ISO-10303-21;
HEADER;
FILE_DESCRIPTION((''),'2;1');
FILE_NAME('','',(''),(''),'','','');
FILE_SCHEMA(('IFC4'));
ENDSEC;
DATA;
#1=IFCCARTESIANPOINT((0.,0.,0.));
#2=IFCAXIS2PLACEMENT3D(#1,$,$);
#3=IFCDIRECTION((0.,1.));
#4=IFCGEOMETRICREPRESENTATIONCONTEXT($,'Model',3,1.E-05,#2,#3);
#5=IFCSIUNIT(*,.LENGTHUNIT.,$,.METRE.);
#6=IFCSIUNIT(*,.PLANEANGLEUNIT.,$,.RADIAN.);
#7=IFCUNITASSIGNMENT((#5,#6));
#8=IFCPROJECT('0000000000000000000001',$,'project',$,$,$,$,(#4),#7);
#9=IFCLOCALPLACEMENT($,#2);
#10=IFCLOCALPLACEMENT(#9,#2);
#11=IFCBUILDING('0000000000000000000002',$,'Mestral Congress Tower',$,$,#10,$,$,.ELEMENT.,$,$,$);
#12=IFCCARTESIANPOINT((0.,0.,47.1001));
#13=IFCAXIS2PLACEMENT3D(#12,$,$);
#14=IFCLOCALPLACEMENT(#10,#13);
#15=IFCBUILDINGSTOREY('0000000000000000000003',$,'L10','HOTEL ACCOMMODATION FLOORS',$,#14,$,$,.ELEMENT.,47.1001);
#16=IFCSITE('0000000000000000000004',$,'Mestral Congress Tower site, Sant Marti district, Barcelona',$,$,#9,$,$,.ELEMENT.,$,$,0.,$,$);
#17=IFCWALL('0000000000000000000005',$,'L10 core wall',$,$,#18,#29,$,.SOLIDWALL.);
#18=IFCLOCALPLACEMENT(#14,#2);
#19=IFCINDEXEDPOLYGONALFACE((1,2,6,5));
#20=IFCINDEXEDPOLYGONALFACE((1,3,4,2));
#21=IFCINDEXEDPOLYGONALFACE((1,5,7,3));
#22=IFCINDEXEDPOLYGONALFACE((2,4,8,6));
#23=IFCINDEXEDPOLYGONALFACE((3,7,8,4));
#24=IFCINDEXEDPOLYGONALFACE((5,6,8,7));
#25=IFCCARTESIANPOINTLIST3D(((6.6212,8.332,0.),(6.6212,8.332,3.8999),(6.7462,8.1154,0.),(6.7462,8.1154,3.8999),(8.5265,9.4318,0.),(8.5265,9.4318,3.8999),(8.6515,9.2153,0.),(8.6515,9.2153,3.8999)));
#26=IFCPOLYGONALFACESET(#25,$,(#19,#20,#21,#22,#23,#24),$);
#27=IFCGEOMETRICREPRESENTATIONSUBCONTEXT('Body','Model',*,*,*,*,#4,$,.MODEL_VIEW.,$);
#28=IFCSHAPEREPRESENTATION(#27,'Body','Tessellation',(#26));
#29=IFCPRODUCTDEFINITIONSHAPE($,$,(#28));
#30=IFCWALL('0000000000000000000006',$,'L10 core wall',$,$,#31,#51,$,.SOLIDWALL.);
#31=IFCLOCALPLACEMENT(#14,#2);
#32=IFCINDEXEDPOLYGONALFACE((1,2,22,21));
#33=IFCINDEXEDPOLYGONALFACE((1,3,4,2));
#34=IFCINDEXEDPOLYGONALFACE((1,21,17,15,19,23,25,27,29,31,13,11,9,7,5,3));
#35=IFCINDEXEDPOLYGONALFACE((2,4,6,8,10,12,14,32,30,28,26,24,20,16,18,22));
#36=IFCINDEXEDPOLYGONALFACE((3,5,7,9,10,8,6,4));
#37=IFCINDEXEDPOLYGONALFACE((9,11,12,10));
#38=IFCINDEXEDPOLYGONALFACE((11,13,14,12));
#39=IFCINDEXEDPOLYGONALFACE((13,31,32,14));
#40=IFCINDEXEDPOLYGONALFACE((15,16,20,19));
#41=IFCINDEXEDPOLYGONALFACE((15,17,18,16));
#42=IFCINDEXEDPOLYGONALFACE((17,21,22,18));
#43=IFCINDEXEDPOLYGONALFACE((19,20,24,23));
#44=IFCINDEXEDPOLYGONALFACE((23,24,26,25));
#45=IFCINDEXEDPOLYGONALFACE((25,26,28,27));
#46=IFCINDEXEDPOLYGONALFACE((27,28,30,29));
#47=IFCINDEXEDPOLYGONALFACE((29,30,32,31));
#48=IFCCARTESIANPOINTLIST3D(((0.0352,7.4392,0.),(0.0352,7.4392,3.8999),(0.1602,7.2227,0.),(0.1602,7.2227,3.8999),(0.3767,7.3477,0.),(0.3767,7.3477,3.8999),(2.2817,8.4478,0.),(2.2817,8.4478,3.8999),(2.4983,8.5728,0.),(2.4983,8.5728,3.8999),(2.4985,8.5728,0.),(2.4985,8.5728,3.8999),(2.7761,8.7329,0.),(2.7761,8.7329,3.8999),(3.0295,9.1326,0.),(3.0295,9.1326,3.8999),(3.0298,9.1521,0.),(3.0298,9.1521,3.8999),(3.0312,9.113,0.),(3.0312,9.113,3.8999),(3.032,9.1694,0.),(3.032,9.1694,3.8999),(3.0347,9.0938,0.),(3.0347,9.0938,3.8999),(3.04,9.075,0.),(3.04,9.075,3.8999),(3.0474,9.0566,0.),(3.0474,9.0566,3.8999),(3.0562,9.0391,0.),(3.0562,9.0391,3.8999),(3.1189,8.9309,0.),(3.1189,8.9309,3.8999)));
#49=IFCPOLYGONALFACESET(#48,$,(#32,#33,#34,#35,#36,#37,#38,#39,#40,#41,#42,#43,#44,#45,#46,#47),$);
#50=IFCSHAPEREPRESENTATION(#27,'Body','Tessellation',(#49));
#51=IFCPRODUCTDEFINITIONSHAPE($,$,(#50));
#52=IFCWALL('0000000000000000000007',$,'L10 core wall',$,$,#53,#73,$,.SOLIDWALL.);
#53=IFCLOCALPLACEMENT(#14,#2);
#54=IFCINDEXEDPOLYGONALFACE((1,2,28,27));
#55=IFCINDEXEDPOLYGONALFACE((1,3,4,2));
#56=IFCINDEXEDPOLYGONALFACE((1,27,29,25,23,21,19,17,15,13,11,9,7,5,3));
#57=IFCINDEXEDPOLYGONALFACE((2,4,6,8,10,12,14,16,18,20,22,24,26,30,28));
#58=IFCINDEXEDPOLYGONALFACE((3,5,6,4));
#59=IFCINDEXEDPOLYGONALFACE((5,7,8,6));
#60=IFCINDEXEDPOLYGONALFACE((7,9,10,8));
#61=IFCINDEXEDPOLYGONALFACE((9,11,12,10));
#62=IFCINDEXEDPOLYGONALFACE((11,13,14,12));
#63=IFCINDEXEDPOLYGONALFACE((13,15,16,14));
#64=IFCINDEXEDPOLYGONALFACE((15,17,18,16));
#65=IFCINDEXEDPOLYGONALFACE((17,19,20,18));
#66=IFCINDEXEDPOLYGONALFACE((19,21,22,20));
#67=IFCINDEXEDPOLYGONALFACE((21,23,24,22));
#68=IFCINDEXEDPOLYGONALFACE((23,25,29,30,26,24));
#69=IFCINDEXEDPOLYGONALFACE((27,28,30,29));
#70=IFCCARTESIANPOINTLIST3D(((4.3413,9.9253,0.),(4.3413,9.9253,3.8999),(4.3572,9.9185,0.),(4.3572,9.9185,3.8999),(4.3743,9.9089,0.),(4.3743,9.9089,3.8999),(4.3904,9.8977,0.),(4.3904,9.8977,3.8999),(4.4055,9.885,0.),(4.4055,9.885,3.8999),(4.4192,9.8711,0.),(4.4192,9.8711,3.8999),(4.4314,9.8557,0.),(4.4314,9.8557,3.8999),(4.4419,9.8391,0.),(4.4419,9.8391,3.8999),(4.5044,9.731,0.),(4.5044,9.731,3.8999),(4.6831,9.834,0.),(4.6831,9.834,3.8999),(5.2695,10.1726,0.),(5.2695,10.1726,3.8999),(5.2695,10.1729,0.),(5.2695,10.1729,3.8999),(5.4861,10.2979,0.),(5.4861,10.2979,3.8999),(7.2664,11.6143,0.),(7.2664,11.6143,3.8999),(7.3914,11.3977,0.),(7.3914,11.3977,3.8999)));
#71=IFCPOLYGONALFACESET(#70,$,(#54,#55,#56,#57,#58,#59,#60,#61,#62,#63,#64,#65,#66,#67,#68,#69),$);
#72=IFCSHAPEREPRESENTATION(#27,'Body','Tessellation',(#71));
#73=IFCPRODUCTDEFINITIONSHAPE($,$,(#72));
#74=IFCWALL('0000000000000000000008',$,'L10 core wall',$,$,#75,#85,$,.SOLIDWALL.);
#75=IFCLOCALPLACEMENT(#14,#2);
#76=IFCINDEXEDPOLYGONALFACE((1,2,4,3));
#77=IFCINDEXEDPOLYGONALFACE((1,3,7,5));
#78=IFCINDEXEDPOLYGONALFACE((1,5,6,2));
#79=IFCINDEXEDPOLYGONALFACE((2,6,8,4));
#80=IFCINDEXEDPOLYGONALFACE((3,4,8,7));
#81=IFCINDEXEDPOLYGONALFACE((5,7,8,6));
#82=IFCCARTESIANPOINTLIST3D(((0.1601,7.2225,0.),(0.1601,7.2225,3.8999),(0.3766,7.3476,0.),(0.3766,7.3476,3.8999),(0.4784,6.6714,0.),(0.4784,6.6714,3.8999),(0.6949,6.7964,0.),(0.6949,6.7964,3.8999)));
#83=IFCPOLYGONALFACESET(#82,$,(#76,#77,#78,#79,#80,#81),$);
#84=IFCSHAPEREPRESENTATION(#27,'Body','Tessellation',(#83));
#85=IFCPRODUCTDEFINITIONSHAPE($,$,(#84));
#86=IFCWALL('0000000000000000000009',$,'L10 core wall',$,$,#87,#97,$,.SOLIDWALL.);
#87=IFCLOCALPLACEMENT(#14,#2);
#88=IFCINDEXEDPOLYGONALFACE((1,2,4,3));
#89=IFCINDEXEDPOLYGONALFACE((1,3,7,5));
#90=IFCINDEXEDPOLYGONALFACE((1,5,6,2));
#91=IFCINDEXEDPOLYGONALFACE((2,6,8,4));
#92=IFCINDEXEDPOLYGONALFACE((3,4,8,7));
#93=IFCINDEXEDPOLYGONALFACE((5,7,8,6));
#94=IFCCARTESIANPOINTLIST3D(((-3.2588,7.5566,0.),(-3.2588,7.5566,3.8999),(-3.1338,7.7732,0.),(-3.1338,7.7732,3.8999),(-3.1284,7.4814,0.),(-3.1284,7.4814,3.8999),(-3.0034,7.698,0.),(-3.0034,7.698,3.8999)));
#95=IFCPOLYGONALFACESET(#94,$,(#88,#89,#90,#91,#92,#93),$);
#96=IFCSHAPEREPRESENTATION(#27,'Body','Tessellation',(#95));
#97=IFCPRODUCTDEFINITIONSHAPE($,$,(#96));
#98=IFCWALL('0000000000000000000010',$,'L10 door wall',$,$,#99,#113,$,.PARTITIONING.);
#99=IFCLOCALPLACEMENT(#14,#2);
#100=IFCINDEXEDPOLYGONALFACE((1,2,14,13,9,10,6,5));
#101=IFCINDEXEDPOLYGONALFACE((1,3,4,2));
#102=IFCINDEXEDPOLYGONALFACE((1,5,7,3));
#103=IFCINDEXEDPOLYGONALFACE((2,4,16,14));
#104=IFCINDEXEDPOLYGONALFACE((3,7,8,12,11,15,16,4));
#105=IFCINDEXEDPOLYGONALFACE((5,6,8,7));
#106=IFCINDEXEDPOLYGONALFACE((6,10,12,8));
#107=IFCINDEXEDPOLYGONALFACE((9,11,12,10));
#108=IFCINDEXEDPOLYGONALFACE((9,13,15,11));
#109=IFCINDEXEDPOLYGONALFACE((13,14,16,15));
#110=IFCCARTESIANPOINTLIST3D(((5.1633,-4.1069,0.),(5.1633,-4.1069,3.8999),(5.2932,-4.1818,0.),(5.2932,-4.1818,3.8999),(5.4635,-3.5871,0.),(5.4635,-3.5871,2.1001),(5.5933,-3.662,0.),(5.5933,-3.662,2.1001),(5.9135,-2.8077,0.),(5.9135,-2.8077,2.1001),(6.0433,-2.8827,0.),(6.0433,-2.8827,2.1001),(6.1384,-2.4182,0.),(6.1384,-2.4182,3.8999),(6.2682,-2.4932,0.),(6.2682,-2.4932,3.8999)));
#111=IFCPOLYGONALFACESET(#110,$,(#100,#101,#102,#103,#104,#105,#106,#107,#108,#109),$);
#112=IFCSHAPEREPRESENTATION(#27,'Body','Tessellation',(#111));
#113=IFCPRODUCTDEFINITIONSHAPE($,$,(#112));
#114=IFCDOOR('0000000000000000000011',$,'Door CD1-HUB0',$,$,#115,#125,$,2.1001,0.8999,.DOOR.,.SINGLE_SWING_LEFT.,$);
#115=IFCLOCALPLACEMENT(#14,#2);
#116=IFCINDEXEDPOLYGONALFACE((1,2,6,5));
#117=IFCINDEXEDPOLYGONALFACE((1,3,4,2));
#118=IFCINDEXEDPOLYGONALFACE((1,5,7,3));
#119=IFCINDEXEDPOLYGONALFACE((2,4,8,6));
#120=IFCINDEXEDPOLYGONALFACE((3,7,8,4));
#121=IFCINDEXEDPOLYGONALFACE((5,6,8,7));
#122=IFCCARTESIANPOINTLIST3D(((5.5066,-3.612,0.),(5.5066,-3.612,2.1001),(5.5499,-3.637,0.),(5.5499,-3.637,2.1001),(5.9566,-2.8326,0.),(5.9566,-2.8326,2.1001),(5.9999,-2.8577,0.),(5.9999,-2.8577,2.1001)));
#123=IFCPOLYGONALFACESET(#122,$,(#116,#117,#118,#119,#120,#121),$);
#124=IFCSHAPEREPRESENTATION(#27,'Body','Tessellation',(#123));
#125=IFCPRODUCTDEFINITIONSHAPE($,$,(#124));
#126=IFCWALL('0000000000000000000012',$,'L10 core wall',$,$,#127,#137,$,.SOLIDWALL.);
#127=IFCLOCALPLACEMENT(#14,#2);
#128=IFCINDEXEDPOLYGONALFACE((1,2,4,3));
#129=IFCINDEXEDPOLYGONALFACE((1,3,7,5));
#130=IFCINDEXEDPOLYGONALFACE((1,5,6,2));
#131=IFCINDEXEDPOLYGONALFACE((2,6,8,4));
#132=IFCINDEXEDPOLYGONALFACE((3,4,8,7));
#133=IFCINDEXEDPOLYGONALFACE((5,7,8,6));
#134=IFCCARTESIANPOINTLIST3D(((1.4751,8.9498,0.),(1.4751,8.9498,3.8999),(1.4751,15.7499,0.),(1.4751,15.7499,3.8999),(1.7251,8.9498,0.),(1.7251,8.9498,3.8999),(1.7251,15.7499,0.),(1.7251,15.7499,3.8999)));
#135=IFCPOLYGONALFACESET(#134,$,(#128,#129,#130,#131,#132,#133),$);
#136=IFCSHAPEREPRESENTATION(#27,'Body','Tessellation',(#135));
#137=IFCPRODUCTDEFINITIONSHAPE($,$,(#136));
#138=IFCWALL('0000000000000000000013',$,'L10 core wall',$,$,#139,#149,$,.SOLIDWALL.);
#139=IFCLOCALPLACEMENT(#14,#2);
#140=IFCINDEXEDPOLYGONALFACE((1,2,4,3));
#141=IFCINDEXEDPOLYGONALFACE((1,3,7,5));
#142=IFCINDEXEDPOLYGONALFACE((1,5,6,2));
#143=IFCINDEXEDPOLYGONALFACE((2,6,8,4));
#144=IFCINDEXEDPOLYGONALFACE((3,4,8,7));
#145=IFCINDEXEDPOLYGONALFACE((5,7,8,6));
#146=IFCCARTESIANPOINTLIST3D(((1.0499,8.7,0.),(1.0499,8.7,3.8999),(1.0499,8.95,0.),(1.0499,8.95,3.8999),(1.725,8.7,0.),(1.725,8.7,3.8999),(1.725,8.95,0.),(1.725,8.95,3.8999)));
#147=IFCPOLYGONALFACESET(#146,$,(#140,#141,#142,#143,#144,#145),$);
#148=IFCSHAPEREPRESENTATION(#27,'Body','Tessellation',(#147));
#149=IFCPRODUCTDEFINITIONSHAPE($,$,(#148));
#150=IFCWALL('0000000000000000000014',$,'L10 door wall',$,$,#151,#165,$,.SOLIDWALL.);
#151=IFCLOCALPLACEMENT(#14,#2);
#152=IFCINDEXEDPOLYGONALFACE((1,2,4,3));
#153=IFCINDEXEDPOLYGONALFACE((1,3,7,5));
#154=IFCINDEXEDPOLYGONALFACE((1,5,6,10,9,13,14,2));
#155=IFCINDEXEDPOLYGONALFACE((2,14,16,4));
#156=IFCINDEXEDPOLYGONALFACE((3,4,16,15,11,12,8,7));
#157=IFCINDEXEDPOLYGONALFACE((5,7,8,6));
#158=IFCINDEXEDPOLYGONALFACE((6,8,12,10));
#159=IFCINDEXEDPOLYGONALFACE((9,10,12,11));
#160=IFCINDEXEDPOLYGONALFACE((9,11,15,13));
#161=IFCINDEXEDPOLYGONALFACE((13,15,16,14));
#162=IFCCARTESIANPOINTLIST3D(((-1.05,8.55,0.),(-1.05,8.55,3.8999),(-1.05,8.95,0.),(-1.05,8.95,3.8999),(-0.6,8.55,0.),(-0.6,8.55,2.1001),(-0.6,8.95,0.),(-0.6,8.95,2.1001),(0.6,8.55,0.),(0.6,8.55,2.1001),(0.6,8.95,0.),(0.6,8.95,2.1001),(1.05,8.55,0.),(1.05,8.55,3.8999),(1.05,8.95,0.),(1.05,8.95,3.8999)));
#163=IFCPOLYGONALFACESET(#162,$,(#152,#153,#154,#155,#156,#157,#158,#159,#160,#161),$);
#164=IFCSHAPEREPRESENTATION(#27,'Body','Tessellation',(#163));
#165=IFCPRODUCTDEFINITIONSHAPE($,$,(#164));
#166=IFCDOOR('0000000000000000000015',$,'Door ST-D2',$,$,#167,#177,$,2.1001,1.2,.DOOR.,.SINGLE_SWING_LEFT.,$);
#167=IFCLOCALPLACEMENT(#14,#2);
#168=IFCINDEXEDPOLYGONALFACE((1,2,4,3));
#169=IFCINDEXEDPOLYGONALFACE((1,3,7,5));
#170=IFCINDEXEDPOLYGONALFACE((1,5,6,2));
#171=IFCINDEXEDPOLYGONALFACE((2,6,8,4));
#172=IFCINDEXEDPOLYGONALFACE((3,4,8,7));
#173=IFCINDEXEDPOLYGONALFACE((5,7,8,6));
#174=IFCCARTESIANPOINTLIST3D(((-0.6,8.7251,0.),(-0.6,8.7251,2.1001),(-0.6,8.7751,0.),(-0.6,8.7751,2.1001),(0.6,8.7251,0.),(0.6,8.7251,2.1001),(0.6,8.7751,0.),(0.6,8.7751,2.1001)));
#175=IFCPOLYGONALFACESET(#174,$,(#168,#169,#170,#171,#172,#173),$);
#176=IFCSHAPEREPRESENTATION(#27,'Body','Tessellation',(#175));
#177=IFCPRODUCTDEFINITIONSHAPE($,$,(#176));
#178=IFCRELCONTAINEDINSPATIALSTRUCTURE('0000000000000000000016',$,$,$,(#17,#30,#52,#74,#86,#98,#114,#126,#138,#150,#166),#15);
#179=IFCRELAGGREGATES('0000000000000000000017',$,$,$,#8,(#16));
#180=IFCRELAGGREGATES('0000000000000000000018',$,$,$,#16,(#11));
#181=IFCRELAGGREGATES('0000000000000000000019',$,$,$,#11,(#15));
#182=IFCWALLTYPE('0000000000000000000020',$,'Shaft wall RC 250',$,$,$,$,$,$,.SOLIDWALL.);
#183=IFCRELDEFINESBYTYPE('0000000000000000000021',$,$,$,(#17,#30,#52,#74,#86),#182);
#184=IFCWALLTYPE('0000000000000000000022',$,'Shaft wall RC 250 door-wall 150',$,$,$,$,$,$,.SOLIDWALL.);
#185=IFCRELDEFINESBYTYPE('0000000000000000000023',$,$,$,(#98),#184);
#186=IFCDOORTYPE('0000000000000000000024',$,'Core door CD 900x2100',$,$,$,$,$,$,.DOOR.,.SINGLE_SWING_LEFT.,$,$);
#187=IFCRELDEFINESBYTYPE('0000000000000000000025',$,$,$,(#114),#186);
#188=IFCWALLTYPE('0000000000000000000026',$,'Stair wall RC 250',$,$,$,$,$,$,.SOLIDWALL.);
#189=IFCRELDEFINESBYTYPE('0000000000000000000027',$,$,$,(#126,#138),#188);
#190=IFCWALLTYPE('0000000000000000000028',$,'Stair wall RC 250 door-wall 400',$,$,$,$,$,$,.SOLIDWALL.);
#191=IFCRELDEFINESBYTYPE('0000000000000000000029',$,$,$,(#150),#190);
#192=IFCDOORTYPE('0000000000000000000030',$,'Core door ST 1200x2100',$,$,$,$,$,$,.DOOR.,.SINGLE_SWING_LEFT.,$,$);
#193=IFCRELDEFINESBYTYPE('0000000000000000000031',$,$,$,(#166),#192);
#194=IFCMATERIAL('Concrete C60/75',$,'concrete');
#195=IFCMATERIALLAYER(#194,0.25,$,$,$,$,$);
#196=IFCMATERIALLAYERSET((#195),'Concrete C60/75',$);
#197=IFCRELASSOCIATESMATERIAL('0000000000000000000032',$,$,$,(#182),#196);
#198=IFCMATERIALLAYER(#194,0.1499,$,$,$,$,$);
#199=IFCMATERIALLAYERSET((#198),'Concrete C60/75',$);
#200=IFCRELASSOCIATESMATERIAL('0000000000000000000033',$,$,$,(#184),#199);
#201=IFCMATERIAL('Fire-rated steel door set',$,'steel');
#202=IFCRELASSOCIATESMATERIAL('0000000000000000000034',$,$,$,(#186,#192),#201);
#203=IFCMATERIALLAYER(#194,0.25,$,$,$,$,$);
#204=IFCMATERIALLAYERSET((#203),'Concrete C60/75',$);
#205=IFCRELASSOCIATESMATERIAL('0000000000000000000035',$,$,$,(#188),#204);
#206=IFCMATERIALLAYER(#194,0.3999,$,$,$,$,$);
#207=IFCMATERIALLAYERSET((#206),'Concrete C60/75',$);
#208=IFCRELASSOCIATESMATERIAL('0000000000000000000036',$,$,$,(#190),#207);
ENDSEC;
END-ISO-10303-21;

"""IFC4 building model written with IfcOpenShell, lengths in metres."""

from ifc_helpers import new_model, si_unit, direction, frame, frame_2d, origin, place, context, subcontext, project, spatial, polyline, rectangle, outline, extrude, material, layer, layer_set, type_object, element, fill, save


model = new_model("IFC4")

# Units and contexts
model_context = context("Model", 3, precision=1e-05, world=origin(), true_north=direction((0.0, 1.0)))
body_context = subcontext(model_context, "Body", "Model", "MODEL_VIEW")
ifc_project = project(units=[si_unit("LENGTHUNIT", "METRE"), si_unit("PLANEANGLEUNIT", "RADIAN")], contexts=[model_context])

# Site, building, storey
site_placement = place(None, origin())
site = spatial("IfcSite", under=ifc_project, at=site_placement, Name="Mestral Congress Tower site, Sant Marti district, Barcelona", CompositionType="ELEMENT", RefElevation=0.0)
building_placement = place(site_placement, origin())
building = spatial("IfcBuilding", under=site, at=building_placement, Name="Mestral Congress Tower", CompositionType="ELEMENT")
storey_placement = place(building_placement, frame((0.0, 0.0, 47.1001)))
storey = spatial("IfcBuildingStorey", under=building, at=storey_placement, Name="L10", Description="HOTEL ACCOMMODATION FLOORS", CompositionType="ELEMENT", Elevation=47.1001)

# Shared definitions
ifc_material_1 = material(Name="Fire-rated steel door set", Category="steel")

# Walls
ifc_material_2 = material(Name="Concrete C60/75", Category="concrete")
placement = place(storey_placement, origin())
ifc_layer_1 = layer(ifc_material_2, 0.25)
ifc_layer_set_1 = layer_set([ifc_layer_1], Name="Concrete C60/75")
wall_type_1 = type_object("IfcWallType", Name="Shaft wall RC 250", PredefinedType="SOLIDWALL", material=ifc_layer_set_1)
for number, where, z_axis, x_axis, name in (
    (1, (6.6836, 8.2236, 0.0), (0.0, 0.0, 1.0), (0.866056, 0.499947, 0.0), "L10 core wall"),
):
    element("IfcWall", number, at=place(storey_placement, frame(where, z_axis=z_axis, x_axis=x_axis)), inside=storey, type_object=wall_type_1, Name=name, PredefinedType="SOLIDWALL", context=body_context, shape_type="SweptSolid", body=[
        extrude(rectangle(XDim=2.2, YDim=0.25, at=frame_2d((1.1001, 0.0))), origin(), (0.0, 0.0, 1.0), 3.8999),
    ])
element("IfcWall", 2, at=placement, inside=storey, type_object=wall_type_1, Name="L10 core wall", PredefinedType="SOLIDWALL", context=body_context, shape_type="SweptSolid", body=[
    extrude(outline(polyline([(2.7761, 8.7329), (2.4985, 8.5728), (2.4983, 8.5728), (2.4983, 8.5728), (2.2817, 8.4478), (2.2817, 8.4478), (0.3767, 7.3477), (0.1602, 7.2227), (0.0352, 7.4392), (3.032, 9.1694), (3.0298, 9.1521), (3.0295, 9.1326), (3.0312, 9.113), (3.0347, 9.0938), (3.04, 9.075), (3.0474, 9.0566), (3.0562, 9.0391), (3.1189, 8.9309), (2.7761, 8.7329)])), origin(), (0.0, 0.0, 1.0), 3.8999),
])
element("IfcWall", 3, at=placement, inside=storey, type_object=wall_type_1, Name="L10 core wall", PredefinedType="SOLIDWALL", context=body_context, shape_type="SweptSolid", body=[
    extrude(outline(polyline([(5.2695, 10.1726), (5.2695, 10.1726), (4.6831, 9.834), (4.5044, 9.731), (4.4419, 9.8391), (4.4314, 9.8557), (4.4192, 9.8711), (4.4055, 9.885), (4.3904, 9.8977), (4.3743, 9.9089), (4.3572, 9.9185), (4.3413, 9.9253), (7.2664, 11.6143), (7.3914, 11.3977), (5.4861, 10.2979), (5.4861, 10.2979), (5.2695, 10.1729), (5.2695, 10.1726)])), origin(), (0.0, 0.0, 1.0), 3.8999),
])
wall_1_placement = place(storey_placement, frame((0.2683, 7.2852, 0.0), z_axis=(0.0, 0.0, 1.0), x_axis=(0.500099, -0.865968, 0.0)))
element("IfcWall", 4, at=wall_1_placement, inside=storey, type_object=wall_type_1, Name="L10 core wall", PredefinedType="SOLIDWALL", context=body_context, shape_type="SweptSolid", body=[
    extrude(rectangle(XDim=0.6365, YDim=0.25, at=frame_2d((0.3184, 0.0))), origin(), (0.0, 0.0, 1.0), 3.8999),
])
element("IfcWall", 5, at=placement, inside=storey, type_object=wall_type_1, Name="L10 core wall", PredefinedType="SOLIDWALL", context=body_context, shape_type="SweptSolid", body=[
    extrude(outline(polyline([(-3.1284, 7.4814), (-3.2588, 7.5566), (-3.1338, 7.7732), (-3.0034, 7.698), (-3.1284, 7.4814)])), origin(), (0.0, 0.0, 1.0), 3.8999),
])

# Wall, opening, door
ifc_layer_2 = layer(ifc_material_2, 0.1499)
ifc_layer_set_2 = layer_set([ifc_layer_2], Name="Concrete C60/75")
wall_type_2 = type_object("IfcWallType", Name="Shaft wall RC 250 door-wall 150", PredefinedType="SOLIDWALL", material=ifc_layer_set_2)
wall_2_placement = place(storey_placement, frame((6.2034, -2.4556, 0.0), z_axis=(0.0, 0.0, 1.0), x_axis=(-0.500044, -0.866, 0.0)))
wall_2 = element("IfcWall", 6, at=wall_2_placement, inside=storey, type_object=wall_type_2, Name="L10 door wall", PredefinedType="PARTITIONING", context=body_context, shape_type="SweptSolid", body=[
    extrude(rectangle(XDim=1.95, YDim=0.1499, at=frame_2d((0.9751, 0.0))), origin(), (0.0, 0.0, 1.0), 3.8999),
])
opening_1_placement = place(wall_2_placement, frame((0.45, 0.0, 0.0)))
opening_1 = element("IfcOpeningElement", 7, at=opening_1_placement, cuts=wall_2, PredefinedType="OPENING", context=body_context, shape_type="SweptSolid", body=[
    extrude(rectangle(XDim=0.8999, YDim=2.1001, at=frame_2d((0.45, 1.05))), frame((0.0, 0.085, 0.0), z_axis=(0.0, -1.0, 0.0), x_axis=(1.0, 0.0, 0.0)), (0.0, 0.0, 1.0), 0.1699),
])
door_type_1 = type_object("IfcDoorType", Name="Core door CD 900x2100", OperationType="SINGLE_SWING_LEFT", PredefinedType="DOOR", material=ifc_material_1)
door_1_placement = place(opening_1_placement, origin())
door_1 = element("IfcDoor", 8, at=door_1_placement, inside=storey, type_object=door_type_1, Name="Door CD1-HUB0", OperationType="SINGLE_SWING_LEFT", OverallHeight=2.1001, OverallWidth=0.8999, PredefinedType="DOOR", context=body_context, shape_type="SweptSolid", body=[
    extrude(rectangle(XDim=0.8999, YDim=2.1001, at=frame_2d((0.45, 1.05))), frame((0.0, 0.0249, 0.0), z_axis=(0.0, -1.0, 0.0), x_axis=(1.0, 0.0, 0.0)), (0.0, 0.0, 1.0), 0.05),
])
fill(opening_1, door_1)

# Walls
ifc_layer_3 = layer(ifc_material_2, 0.25)
ifc_layer_set_3 = layer_set([ifc_layer_3], Name="Concrete C60/75")
wall_type_3 = type_object("IfcWallType", Name="Stair wall RC 250", PredefinedType="SOLIDWALL", material=ifc_layer_set_3)
wall_3_placement = place(storey_placement, frame((1.6001, 8.95, 0.0), z_axis=(0.0, 0.0, 1.0), x_axis=(0.0, 1.0, 0.0)))
element("IfcWall", 9, at=wall_3_placement, inside=storey, type_object=wall_type_3, Name="L10 core wall", PredefinedType="SOLIDWALL", context=body_context, shape_type="SweptSolid", body=[
    extrude(rectangle(XDim=6.8, YDim=0.25, at=frame_2d((3.3999, 0.0))), origin(), (0.0, 0.0, 1.0), 3.8999),
])
wall_4_placement = place(storey_placement, frame((1.05, 8.825, 0.0), z_axis=(0.0, 0.0, 1.0), x_axis=(1.0, 0.0, 0.0)))
element("IfcWall", 10, at=wall_4_placement, inside=storey, type_object=wall_type_3, Name="L10 core wall", PredefinedType="SOLIDWALL", context=body_context, shape_type="SweptSolid", body=[
    extrude(rectangle(XDim=0.675, YDim=0.25, at=frame_2d((0.3374, 0.0))), origin(), (0.0, 0.0, 1.0), 3.8999),
])

# Wall, opening, door
ifc_layer_4 = layer(ifc_material_2, 0.3999)
ifc_layer_set_4 = layer_set([ifc_layer_4], Name="Concrete C60/75")
wall_type_4 = type_object("IfcWallType", Name="Stair wall RC 250 door-wall 400", PredefinedType="SOLIDWALL", material=ifc_layer_set_4)
wall_5_placement = place(storey_placement, frame((1.05, 8.75, 0.0), z_axis=(0.0, 0.0, 1.0), x_axis=(-1.0, 0.0, 0.0)))
wall_5 = element("IfcWall", 11, at=wall_5_placement, inside=storey, type_object=wall_type_4, Name="L10 door wall", PredefinedType="SOLIDWALL", context=body_context, shape_type="SweptSolid", body=[
    extrude(rectangle(XDim=2.1001, YDim=0.3999, at=frame_2d((1.05, 0.0))), origin(), (0.0, 0.0, 1.0), 3.8999),
])
opening_2_placement = place(wall_5_placement, frame((0.45, 0.0, 0.0)))
opening_2 = element("IfcOpeningElement", 12, at=opening_2_placement, cuts=wall_5, PredefinedType="OPENING", context=body_context, shape_type="SweptSolid", body=[
    extrude(rectangle(XDim=1.2, YDim=2.1001, at=frame_2d((0.6001, 1.05))), frame((0.0, 0.21, 0.0), z_axis=(0.0, -1.0, 0.0), x_axis=(1.0, 0.0, 0.0)), (0.0, 0.0, 1.0), 0.4199),
])
door_type_2 = type_object("IfcDoorType", Name="Core door ST 1200x2100", OperationType="SINGLE_SWING_LEFT", PredefinedType="DOOR", material=ifc_material_1)
door_2_placement = place(opening_2_placement, origin())
door_2 = element("IfcDoor", 13, at=door_2_placement, inside=storey, type_object=door_type_2, Name="Door ST-D2", OperationType="SINGLE_SWING_LEFT", OverallHeight=2.1001, OverallWidth=1.2, PredefinedType="DOOR", context=body_context, shape_type="SweptSolid", body=[
    extrude(rectangle(XDim=1.2, YDim=2.1001, at=frame_2d((0.6001, 1.05))), frame((0.0, 0.0249, 0.0), z_axis=(0.0, -1.0, 0.0), x_axis=(1.0, 0.0, 0.0)), (0.0, 0.0, 1.0), 0.05),
])
fill(opening_2, door_2)

save(model, "model.ifc")
